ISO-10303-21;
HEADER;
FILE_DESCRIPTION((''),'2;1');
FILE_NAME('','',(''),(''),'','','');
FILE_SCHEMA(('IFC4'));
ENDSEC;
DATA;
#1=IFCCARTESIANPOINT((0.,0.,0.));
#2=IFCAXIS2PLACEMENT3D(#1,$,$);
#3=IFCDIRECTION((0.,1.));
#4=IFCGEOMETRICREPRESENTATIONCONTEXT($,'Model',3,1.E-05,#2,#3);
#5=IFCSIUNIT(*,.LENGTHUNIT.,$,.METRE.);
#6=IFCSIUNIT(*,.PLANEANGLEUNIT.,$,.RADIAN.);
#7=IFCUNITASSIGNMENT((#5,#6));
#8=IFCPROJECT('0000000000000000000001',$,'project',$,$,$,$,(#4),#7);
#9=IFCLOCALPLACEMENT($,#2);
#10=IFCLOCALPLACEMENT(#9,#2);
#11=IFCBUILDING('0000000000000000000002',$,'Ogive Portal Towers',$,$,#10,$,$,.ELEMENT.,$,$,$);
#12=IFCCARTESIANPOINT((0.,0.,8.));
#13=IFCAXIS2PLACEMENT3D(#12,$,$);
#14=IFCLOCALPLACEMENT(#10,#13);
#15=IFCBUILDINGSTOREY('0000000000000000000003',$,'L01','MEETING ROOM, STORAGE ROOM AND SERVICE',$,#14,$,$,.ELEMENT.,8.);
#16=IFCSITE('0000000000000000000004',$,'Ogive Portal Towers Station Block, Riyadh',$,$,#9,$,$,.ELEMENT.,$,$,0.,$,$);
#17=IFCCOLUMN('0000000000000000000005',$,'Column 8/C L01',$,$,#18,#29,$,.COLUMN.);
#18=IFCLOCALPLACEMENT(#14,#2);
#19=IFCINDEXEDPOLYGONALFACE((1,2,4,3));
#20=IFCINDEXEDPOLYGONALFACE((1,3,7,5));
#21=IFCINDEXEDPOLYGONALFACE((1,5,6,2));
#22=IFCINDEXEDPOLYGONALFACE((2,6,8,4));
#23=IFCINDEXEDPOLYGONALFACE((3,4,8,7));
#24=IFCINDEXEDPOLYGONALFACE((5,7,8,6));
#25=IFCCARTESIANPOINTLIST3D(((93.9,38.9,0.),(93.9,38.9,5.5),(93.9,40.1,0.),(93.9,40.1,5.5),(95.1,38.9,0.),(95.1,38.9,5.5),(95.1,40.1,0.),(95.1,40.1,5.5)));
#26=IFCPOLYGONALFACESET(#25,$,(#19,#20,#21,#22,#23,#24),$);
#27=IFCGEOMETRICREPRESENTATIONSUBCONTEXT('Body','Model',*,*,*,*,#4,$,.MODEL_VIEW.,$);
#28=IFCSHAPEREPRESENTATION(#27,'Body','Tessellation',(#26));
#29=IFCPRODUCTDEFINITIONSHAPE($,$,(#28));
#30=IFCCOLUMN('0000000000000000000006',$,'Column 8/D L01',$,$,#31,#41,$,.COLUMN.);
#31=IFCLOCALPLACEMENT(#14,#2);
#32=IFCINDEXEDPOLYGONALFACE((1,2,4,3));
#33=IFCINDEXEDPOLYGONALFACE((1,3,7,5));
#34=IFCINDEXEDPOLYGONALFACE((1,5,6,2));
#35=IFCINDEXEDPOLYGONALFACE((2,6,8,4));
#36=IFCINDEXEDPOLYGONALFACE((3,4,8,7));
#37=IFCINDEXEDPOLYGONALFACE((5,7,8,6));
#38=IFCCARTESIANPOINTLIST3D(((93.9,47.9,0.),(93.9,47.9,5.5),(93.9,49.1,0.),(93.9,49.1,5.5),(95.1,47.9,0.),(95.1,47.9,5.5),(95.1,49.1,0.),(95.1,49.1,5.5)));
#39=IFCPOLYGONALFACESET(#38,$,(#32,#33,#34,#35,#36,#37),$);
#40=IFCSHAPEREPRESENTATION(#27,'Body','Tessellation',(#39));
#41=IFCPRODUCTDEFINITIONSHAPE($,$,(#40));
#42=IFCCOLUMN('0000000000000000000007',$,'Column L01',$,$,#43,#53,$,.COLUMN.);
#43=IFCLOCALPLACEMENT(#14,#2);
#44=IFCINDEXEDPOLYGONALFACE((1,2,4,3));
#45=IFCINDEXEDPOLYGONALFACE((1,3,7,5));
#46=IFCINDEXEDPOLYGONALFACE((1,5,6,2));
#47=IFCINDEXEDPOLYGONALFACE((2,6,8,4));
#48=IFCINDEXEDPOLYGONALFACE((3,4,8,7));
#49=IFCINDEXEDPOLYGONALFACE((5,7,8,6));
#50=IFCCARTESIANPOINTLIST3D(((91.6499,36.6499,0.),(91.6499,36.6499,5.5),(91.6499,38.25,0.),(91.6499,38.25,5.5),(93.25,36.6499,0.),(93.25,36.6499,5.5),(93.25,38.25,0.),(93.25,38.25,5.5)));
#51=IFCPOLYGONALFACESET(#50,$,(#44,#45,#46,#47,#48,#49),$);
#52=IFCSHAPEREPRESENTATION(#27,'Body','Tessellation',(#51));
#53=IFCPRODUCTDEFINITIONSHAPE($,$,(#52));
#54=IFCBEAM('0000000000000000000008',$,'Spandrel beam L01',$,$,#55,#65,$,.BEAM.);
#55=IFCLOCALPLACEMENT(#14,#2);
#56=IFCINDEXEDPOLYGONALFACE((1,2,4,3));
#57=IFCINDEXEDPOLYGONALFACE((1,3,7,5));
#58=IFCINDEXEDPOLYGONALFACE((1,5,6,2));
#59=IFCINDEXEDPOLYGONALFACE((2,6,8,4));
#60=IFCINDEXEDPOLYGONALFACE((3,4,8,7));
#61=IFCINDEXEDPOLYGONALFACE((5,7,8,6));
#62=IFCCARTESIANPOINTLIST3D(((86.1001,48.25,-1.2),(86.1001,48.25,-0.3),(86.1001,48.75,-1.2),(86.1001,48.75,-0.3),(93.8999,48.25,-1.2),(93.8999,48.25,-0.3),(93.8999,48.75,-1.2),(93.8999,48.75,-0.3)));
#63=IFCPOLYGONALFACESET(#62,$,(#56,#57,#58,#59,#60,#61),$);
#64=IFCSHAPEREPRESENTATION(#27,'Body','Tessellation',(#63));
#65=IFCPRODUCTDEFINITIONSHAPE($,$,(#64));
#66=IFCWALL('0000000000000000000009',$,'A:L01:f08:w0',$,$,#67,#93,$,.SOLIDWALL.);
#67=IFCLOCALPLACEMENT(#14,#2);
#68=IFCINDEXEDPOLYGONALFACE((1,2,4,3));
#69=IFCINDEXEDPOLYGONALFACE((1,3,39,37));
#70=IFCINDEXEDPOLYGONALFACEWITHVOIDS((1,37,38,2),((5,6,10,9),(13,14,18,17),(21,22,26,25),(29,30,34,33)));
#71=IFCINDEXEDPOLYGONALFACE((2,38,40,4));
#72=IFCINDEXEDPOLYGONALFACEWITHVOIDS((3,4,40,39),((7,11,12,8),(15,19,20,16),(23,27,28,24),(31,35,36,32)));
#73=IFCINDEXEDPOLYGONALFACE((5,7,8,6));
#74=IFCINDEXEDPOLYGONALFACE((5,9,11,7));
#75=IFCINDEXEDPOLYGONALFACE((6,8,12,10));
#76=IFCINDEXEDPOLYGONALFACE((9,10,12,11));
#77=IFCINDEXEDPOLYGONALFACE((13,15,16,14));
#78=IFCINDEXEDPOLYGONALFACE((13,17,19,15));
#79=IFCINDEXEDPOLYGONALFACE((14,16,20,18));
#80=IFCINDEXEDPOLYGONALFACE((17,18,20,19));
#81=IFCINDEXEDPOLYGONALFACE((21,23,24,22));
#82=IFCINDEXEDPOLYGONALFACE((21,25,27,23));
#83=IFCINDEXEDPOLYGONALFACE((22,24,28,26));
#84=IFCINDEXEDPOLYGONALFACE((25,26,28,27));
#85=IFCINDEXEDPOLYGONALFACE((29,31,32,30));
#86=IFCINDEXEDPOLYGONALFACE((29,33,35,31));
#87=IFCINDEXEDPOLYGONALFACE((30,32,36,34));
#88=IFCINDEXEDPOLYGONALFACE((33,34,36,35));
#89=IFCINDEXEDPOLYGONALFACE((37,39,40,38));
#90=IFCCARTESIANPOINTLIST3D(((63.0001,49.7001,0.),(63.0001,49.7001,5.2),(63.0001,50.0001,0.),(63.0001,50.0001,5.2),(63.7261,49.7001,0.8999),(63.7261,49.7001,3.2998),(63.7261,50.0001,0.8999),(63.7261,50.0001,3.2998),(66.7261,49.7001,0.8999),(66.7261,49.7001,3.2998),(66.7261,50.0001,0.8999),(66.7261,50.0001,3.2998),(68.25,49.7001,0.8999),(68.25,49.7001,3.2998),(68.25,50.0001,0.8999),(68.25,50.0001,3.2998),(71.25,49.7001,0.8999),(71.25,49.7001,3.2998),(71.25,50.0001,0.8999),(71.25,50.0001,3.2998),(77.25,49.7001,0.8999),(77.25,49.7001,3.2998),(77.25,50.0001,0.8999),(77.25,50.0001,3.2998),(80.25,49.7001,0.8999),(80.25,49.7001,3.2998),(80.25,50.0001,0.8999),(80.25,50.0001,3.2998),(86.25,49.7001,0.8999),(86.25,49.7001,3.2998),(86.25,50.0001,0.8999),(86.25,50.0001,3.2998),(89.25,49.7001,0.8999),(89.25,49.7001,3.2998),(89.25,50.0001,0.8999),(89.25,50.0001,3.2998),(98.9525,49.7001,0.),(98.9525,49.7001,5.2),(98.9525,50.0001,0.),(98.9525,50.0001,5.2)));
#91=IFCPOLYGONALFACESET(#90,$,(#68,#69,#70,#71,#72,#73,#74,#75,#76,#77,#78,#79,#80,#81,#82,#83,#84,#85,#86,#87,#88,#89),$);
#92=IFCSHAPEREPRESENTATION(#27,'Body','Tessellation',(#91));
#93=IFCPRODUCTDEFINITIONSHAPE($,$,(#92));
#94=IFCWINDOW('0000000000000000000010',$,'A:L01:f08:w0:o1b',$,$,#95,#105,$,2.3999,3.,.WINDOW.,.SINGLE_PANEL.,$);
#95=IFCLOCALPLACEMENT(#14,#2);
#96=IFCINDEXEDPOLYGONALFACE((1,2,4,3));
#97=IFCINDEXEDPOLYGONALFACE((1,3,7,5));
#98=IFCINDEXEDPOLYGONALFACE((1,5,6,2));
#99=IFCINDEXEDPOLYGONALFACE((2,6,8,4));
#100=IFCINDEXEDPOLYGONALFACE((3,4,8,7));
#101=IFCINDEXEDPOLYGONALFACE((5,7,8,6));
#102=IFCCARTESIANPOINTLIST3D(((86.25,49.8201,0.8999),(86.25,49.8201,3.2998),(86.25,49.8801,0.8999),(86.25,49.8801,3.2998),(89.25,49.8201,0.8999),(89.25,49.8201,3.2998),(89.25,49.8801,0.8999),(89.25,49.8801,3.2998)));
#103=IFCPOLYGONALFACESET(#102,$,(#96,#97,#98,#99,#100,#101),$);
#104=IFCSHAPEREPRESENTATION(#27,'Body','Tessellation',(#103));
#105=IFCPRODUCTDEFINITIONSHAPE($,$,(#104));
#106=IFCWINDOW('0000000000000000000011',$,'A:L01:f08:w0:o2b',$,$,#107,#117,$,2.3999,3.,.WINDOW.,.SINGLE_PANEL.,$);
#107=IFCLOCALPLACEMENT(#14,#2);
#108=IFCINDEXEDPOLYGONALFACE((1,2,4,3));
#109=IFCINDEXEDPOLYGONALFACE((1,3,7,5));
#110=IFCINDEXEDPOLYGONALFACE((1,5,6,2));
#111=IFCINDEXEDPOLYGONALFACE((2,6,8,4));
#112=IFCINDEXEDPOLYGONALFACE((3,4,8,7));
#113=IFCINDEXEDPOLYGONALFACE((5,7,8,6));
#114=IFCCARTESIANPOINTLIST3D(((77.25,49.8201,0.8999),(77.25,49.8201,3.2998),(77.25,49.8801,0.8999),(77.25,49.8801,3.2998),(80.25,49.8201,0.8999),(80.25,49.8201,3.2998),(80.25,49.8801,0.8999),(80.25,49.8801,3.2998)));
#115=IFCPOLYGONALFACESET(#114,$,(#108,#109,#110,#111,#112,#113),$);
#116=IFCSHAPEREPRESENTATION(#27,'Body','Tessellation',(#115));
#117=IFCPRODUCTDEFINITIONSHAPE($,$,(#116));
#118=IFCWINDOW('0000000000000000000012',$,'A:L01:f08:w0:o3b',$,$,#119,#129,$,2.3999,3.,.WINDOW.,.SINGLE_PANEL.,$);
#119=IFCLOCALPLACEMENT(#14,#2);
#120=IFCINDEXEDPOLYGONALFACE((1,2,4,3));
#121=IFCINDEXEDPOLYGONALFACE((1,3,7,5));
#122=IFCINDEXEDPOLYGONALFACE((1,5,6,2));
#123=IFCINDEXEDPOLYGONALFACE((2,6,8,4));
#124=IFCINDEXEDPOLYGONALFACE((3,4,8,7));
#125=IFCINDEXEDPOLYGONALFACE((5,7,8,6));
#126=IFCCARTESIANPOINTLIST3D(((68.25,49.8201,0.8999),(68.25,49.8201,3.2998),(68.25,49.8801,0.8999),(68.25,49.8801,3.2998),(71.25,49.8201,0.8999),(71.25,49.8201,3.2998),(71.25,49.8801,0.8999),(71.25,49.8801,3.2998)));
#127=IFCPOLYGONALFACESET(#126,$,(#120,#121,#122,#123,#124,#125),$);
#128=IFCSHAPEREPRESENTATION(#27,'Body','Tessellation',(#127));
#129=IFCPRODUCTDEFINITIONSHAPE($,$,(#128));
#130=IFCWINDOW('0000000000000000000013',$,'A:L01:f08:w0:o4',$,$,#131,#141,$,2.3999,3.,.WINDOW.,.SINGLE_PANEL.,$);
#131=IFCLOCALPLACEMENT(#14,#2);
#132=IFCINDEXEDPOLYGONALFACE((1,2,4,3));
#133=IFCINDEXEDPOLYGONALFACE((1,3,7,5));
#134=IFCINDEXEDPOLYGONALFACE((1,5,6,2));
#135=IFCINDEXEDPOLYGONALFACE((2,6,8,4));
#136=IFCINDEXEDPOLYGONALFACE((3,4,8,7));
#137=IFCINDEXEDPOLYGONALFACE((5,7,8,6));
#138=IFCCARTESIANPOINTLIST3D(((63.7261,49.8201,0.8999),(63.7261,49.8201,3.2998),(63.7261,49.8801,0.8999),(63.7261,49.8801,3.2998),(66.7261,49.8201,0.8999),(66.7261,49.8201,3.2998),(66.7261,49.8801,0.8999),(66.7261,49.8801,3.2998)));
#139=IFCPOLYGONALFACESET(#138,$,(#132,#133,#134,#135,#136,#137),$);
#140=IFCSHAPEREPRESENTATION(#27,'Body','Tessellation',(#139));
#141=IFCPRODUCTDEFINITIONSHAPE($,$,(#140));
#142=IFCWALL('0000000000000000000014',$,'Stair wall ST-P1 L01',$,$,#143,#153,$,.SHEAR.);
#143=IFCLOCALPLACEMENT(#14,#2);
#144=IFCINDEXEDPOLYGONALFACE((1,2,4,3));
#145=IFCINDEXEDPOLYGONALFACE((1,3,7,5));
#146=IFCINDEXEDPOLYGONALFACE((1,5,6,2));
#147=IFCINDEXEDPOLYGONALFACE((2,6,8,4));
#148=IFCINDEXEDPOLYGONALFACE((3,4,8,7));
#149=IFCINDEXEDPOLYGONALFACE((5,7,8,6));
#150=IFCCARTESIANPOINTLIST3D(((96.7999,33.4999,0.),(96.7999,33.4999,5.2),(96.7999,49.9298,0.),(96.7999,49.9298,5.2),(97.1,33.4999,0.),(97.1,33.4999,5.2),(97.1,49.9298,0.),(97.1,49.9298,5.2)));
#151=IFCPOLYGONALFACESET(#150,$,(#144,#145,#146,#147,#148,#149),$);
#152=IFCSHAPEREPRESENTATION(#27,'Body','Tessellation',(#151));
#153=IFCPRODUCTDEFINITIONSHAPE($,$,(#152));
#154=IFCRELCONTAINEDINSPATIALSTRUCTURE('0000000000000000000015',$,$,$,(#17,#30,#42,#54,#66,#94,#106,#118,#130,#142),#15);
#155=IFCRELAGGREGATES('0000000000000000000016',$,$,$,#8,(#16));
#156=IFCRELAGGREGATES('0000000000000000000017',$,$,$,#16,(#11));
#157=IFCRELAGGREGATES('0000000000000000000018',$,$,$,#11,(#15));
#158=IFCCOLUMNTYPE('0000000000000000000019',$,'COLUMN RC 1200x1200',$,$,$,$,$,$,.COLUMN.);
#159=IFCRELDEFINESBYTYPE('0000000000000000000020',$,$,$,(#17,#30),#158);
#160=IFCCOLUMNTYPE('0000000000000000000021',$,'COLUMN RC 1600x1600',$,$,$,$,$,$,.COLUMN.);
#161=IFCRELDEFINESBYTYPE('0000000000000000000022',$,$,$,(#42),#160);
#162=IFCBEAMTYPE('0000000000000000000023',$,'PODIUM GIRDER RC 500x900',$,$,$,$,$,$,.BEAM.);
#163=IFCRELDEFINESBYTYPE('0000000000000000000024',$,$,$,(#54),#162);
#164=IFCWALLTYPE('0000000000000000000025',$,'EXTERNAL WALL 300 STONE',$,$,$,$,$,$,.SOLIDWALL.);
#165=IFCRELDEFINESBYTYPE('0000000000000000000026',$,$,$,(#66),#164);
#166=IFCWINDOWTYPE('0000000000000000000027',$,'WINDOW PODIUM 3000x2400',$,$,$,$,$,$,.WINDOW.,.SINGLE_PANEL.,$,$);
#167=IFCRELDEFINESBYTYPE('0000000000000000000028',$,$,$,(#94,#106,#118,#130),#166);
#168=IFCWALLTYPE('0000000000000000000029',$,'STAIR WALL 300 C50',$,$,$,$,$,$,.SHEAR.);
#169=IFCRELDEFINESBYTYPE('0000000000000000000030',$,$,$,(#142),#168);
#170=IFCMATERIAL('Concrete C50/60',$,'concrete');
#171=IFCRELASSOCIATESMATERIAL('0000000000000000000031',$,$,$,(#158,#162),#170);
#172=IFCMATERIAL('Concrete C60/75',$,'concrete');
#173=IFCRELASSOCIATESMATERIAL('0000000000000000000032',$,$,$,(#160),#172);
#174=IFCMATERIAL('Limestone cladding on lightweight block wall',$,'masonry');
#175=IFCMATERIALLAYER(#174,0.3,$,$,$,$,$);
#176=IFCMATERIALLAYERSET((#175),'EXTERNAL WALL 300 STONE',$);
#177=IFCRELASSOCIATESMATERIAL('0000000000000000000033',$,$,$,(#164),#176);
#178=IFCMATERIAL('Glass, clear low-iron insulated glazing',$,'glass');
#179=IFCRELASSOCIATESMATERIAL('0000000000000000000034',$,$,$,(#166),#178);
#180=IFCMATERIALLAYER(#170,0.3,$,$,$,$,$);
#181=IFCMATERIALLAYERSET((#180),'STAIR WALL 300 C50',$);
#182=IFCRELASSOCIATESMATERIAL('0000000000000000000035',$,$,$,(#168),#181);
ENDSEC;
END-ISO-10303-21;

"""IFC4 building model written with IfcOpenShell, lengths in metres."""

from ifc_helpers import new_model, si_unit, direction, frame, frame_2d, origin, origin_2d, place, context, subcontext, project, spatial, rectangle, extrude, material, layer, layer_set, material_profile, profile_set, type_object, element, fill, save


model = new_model("IFC4")

# Units and contexts
model_context = context("Model", 3, precision=1e-05, world=origin(), true_north=direction((0.0, 1.0)))
body_context = subcontext(model_context, "Body", "Model", "MODEL_VIEW")
ifc_project = project(units=[si_unit("LENGTHUNIT", "METRE"), si_unit("PLANEANGLEUNIT", "RADIAN")], contexts=[model_context])

# Site, building, storey
site_placement = place(None, origin())
site = spatial("IfcSite", under=ifc_project, at=site_placement, Name="Ogive Portal Towers Station Block, Riyadh", CompositionType="ELEMENT", RefElevation=0.0)
building_placement = place(site_placement, origin())
building = spatial("IfcBuilding", under=site, at=building_placement, Name="Ogive Portal Towers", CompositionType="ELEMENT")
storey_placement = place(building_placement, frame((0.0, 0.0, 8.0)))
storey = spatial("IfcBuildingStorey", under=building, at=storey_placement, Name="L01", Description="MEETING ROOM, STORAGE ROOM AND SERVICE", CompositionType="ELEMENT", Elevation=8.0)

# Columns
ifc_material_1 = material(Name="Concrete C50/60", Category="concrete")
ifc_material_profile_1 = material_profile(ifc_material_1, rectangle(XDim=1.2, YDim=1.2, at=origin_2d()), Name="RC 1200x1200")
ifc_profile_set_1 = profile_set([ifc_material_profile_1], Name="Concrete C50/60")
column_type_1 = type_object("IfcColumnType", Name="COLUMN RC 1200x1200", PredefinedType="COLUMN", material=ifc_profile_set_1)
for number, where, z_axis, x_axis, name in (
    (1, (94.5, 39.5, 0.0), (0.0, 0.0, 1.0), (1.0, 0.0, 0.0), "Column 8/C L01"),
    (2, (94.5, 48.5, 0.0), (0.0, 0.0, 1.0), (1.0, 0.0, 0.0), "Column 8/D L01"),
):
    element("IfcColumn", number, at=place(storey_placement, frame(where, z_axis=z_axis, x_axis=x_axis)), inside=storey, type_object=column_type_1, Name=name, PredefinedType="COLUMN", context=body_context, shape_type="SweptSolid", body=[
        extrude(rectangle(XDim=1.2, YDim=1.2, at=origin_2d()), origin(), (0.0, 0.0, 1.0), 5.5),
    ])
ifc_material_2 = material(Name="Concrete C60/75", Category="concrete")
ifc_material_profile_2 = material_profile(ifc_material_2, rectangle(XDim=1.6001, YDim=1.6001, at=origin_2d()), Name="RC 1600x1600")
ifc_profile_set_2 = profile_set([ifc_material_profile_2], Name="Concrete C60/75")
column_type_2 = type_object("IfcColumnType", Name="COLUMN RC 1600x1600", PredefinedType="COLUMN", material=ifc_profile_set_2)
column_placement = place(storey_placement, frame((92.45, 37.45, 0.0), z_axis=(0.0, 0.0, 1.0), x_axis=(1.0, 0.0, 0.0)))
element("IfcColumn", 3, at=column_placement, inside=storey, type_object=column_type_2, Name="Column L01", PredefinedType="COLUMN", context=body_context, shape_type="SweptSolid", body=[
    extrude(rectangle(XDim=1.6001, YDim=1.6001, at=origin_2d()), origin(), (0.0, 0.0, 1.0), 5.5),
])

# Beam
ifc_material_profile_3 = material_profile(ifc_material_1, rectangle(XDim=0.5, YDim=0.8999, at=origin_2d()), Name="RC 500x900")
ifc_profile_set_3 = profile_set([ifc_material_profile_3], Name="Concrete C50/60")
beam_type = type_object("IfcBeamType", Name="PODIUM GIRDER RC 500x900", PredefinedType="BEAM", material=ifc_profile_set_3)
beam_placement = place(storey_placement, frame((93.8999, 48.5, -0.75), z_axis=(-1.0, 0.0, 0.0), x_axis=(0.0, -1.0, 0.0)))
element("IfcBeam", 4, at=beam_placement, inside=storey, type_object=beam_type, Name="Spandrel beam L01", PredefinedType="BEAM", context=body_context, shape_type="SweptSolid", body=[
    extrude(rectangle(XDim=0.5, YDim=0.8999, at=origin_2d()), origin(), (0.0, 0.0, 1.0), 7.7998),
])

# Wall, openings, windows
ifc_material_3 = material(Name="Limestone cladding on lightweight block wall", Category="masonry")
ifc_layer_1 = layer(ifc_material_3, 0.3)
ifc_layer_set_1 = layer_set([ifc_layer_1], Name="EXTERNAL WALL 300 STONE")
wall_type_1 = type_object("IfcWallType", Name="EXTERNAL WALL 300 STONE", PredefinedType="SOLIDWALL", material=ifc_layer_set_1)
wall_1_placement = place(storey_placement, frame((98.9524, 49.8501, 0.0), z_axis=(0.0, 0.0, 1.0), x_axis=(-1.0, 0.0, 0.0)))
wall_1 = element("IfcWall", 5, at=wall_1_placement, inside=storey, type_object=wall_type_1, Name="A:L01:f08:w0", PredefinedType="SOLIDWALL", context=body_context, shape_type="SweptSolid", body=[
    extrude(rectangle(XDim=35.9524, YDim=0.3, at=frame_2d((17.9761, 0.0))), origin(), (0.0, 0.0, 1.0), 5.2),
])
opening_1_placement = place(wall_1_placement, frame((9.7024, 0.0, 0.8999)))
opening_1 = element("IfcOpeningElement", 6, at=opening_1_placement, cuts=wall_1, PredefinedType="OPENING", context=body_context, shape_type="SweptSolid", body=[
    extrude(rectangle(XDim=3.0, YDim=2.3999, at=frame_2d((1.5, 1.2))), frame((0.0, 0.1602, 0.0), z_axis=(0.0, -1.0, 0.0), x_axis=(1.0, 0.0, 0.0)), (0.0, 0.0, 1.0), 0.3201),
])
opening_2_placement = place(wall_1_placement, frame((18.7024, 0.0, 0.8999)))
opening_2 = element("IfcOpeningElement", 7, at=opening_2_placement, cuts=wall_1, PredefinedType="OPENING", context=body_context, shape_type="SweptSolid", body=[
    extrude(rectangle(XDim=3.0, YDim=2.3999, at=frame_2d((1.5, 1.2))), frame((0.0, 0.1602, 0.0), z_axis=(0.0, -1.0, 0.0), x_axis=(1.0, 0.0, 0.0)), (0.0, 0.0, 1.0), 0.3201),
])
opening_3_placement = place(wall_1_placement, frame((27.7024, 0.0, 0.8999)))
opening_3 = element("IfcOpeningElement", 8, at=opening_3_placement, cuts=wall_1, PredefinedType="OPENING", context=body_context, shape_type="SweptSolid", body=[
    extrude(rectangle(XDim=3.0, YDim=2.3999, at=frame_2d((1.5, 1.2))), frame((0.0, 0.1602, 0.0), z_axis=(0.0, -1.0, 0.0), x_axis=(1.0, 0.0, 0.0)), (0.0, 0.0, 1.0), 0.3201),
])
opening_4_placement = place(wall_1_placement, frame((32.2263, 0.0, 0.8999)))
opening_4 = element("IfcOpeningElement", 9, at=opening_4_placement, cuts=wall_1, PredefinedType="OPENING", context=body_context, shape_type="SweptSolid", body=[
    extrude(rectangle(XDim=3.0, YDim=2.3999, at=frame_2d((1.5, 1.2))), frame((0.0, 0.1602, 0.0), z_axis=(0.0, -1.0, 0.0), x_axis=(1.0, 0.0, 0.0)), (0.0, 0.0, 1.0), 0.3201),
])
ifc_material_4 = material(Name="Glass, clear low-iron insulated glazing", Category="glass")
window_type = type_object("IfcWindowType", Name="WINDOW PODIUM 3000x2400", PartitioningType="SINGLE_PANEL", PredefinedType="WINDOW", material=ifc_material_4)
window_1_placement = place(opening_1_placement, origin())
window_1 = element("IfcWindow", 10, at=window_1_placement, inside=storey, type_object=window_type, Name="A:L01:f08:w0:o1b", OverallHeight=2.3999, OverallWidth=3.0, PartitioningType="SINGLE_PANEL", PredefinedType="WINDOW", context=body_context, shape_type="SweptSolid", body=[
    extrude(rectangle(XDim=3.0, YDim=2.3999, at=frame_2d((1.5, 1.2))), frame((0.0, 0.03, 0.0), z_axis=(0.0, -1.0, 0.0), x_axis=(1.0, 0.0, 0.0)), (0.0, 0.0, 1.0), 0.0601),
])
fill(opening_1, window_1)
window_2_placement = place(opening_2_placement, origin())
window_2 = element("IfcWindow", 11, at=window_2_placement, inside=storey, type_object=window_type, Name="A:L01:f08:w0:o2b", OverallHeight=2.3999, OverallWidth=3.0, PartitioningType="SINGLE_PANEL", PredefinedType="WINDOW", context=body_context, shape_type="SweptSolid", body=[
    extrude(rectangle(XDim=3.0, YDim=2.3999, at=frame_2d((1.5, 1.2))), frame((0.0, 0.03, 0.0), z_axis=(0.0, -1.0, 0.0), x_axis=(1.0, 0.0, 0.0)), (0.0, 0.0, 1.0), 0.0601),
])
fill(opening_2, window_2)
window_3_placement = place(opening_3_placement, origin())
window_3 = element("IfcWindow", 12, at=window_3_placement, inside=storey, type_object=window_type, Name="A:L01:f08:w0:o3b", OverallHeight=2.3999, OverallWidth=3.0, PartitioningType="SINGLE_PANEL", PredefinedType="WINDOW", context=body_context, shape_type="SweptSolid", body=[
    extrude(rectangle(XDim=3.0, YDim=2.3999, at=frame_2d((1.5, 1.2))), frame((0.0, 0.03, 0.0), z_axis=(0.0, -1.0, 0.0), x_axis=(1.0, 0.0, 0.0)), (0.0, 0.0, 1.0), 0.0601),
])
fill(opening_3, window_3)
window_4_placement = place(opening_4_placement, origin())
window_4 = element("IfcWindow", 13, at=window_4_placement, inside=storey, type_object=window_type, Name="A:L01:f08:w0:o4", OverallHeight=2.3999, OverallWidth=3.0, PartitioningType="SINGLE_PANEL", PredefinedType="WINDOW", context=body_context, shape_type="SweptSolid", body=[
    extrude(rectangle(XDim=3.0, YDim=2.3999, at=frame_2d((1.5, 1.2))), frame((0.0, 0.03, 0.0), z_axis=(0.0, -1.0, 0.0), x_axis=(1.0, 0.0, 0.0)), (0.0, 0.0, 1.0), 0.0601),
])
fill(opening_4, window_4)

# Wall
ifc_layer_2 = layer(ifc_material_1, 0.3)
ifc_layer_set_2 = layer_set([ifc_layer_2], Name="STAIR WALL 300 C50")
wall_type_2 = type_object("IfcWallType", Name="STAIR WALL 300 C50", PredefinedType="SHEAR", material=ifc_layer_set_2)
wall_2_placement = place(storey_placement, frame((96.95, 33.5, 0.0), z_axis=(0.0, 0.0, 1.0), x_axis=(0.0, 1.0, 0.0)))
element("IfcWall", 14, at=wall_2_placement, inside=storey, type_object=wall_type_2, Name="Stair wall ST-P1 L01", PredefinedType="SHEAR", context=body_context, shape_type="SweptSolid", body=[
    extrude(rectangle(XDim=16.4299, YDim=0.3, at=frame_2d((8.2148, 0.0))), origin(), (0.0, 0.0, 1.0), 5.2),
])

save(model, "model.ifc")
